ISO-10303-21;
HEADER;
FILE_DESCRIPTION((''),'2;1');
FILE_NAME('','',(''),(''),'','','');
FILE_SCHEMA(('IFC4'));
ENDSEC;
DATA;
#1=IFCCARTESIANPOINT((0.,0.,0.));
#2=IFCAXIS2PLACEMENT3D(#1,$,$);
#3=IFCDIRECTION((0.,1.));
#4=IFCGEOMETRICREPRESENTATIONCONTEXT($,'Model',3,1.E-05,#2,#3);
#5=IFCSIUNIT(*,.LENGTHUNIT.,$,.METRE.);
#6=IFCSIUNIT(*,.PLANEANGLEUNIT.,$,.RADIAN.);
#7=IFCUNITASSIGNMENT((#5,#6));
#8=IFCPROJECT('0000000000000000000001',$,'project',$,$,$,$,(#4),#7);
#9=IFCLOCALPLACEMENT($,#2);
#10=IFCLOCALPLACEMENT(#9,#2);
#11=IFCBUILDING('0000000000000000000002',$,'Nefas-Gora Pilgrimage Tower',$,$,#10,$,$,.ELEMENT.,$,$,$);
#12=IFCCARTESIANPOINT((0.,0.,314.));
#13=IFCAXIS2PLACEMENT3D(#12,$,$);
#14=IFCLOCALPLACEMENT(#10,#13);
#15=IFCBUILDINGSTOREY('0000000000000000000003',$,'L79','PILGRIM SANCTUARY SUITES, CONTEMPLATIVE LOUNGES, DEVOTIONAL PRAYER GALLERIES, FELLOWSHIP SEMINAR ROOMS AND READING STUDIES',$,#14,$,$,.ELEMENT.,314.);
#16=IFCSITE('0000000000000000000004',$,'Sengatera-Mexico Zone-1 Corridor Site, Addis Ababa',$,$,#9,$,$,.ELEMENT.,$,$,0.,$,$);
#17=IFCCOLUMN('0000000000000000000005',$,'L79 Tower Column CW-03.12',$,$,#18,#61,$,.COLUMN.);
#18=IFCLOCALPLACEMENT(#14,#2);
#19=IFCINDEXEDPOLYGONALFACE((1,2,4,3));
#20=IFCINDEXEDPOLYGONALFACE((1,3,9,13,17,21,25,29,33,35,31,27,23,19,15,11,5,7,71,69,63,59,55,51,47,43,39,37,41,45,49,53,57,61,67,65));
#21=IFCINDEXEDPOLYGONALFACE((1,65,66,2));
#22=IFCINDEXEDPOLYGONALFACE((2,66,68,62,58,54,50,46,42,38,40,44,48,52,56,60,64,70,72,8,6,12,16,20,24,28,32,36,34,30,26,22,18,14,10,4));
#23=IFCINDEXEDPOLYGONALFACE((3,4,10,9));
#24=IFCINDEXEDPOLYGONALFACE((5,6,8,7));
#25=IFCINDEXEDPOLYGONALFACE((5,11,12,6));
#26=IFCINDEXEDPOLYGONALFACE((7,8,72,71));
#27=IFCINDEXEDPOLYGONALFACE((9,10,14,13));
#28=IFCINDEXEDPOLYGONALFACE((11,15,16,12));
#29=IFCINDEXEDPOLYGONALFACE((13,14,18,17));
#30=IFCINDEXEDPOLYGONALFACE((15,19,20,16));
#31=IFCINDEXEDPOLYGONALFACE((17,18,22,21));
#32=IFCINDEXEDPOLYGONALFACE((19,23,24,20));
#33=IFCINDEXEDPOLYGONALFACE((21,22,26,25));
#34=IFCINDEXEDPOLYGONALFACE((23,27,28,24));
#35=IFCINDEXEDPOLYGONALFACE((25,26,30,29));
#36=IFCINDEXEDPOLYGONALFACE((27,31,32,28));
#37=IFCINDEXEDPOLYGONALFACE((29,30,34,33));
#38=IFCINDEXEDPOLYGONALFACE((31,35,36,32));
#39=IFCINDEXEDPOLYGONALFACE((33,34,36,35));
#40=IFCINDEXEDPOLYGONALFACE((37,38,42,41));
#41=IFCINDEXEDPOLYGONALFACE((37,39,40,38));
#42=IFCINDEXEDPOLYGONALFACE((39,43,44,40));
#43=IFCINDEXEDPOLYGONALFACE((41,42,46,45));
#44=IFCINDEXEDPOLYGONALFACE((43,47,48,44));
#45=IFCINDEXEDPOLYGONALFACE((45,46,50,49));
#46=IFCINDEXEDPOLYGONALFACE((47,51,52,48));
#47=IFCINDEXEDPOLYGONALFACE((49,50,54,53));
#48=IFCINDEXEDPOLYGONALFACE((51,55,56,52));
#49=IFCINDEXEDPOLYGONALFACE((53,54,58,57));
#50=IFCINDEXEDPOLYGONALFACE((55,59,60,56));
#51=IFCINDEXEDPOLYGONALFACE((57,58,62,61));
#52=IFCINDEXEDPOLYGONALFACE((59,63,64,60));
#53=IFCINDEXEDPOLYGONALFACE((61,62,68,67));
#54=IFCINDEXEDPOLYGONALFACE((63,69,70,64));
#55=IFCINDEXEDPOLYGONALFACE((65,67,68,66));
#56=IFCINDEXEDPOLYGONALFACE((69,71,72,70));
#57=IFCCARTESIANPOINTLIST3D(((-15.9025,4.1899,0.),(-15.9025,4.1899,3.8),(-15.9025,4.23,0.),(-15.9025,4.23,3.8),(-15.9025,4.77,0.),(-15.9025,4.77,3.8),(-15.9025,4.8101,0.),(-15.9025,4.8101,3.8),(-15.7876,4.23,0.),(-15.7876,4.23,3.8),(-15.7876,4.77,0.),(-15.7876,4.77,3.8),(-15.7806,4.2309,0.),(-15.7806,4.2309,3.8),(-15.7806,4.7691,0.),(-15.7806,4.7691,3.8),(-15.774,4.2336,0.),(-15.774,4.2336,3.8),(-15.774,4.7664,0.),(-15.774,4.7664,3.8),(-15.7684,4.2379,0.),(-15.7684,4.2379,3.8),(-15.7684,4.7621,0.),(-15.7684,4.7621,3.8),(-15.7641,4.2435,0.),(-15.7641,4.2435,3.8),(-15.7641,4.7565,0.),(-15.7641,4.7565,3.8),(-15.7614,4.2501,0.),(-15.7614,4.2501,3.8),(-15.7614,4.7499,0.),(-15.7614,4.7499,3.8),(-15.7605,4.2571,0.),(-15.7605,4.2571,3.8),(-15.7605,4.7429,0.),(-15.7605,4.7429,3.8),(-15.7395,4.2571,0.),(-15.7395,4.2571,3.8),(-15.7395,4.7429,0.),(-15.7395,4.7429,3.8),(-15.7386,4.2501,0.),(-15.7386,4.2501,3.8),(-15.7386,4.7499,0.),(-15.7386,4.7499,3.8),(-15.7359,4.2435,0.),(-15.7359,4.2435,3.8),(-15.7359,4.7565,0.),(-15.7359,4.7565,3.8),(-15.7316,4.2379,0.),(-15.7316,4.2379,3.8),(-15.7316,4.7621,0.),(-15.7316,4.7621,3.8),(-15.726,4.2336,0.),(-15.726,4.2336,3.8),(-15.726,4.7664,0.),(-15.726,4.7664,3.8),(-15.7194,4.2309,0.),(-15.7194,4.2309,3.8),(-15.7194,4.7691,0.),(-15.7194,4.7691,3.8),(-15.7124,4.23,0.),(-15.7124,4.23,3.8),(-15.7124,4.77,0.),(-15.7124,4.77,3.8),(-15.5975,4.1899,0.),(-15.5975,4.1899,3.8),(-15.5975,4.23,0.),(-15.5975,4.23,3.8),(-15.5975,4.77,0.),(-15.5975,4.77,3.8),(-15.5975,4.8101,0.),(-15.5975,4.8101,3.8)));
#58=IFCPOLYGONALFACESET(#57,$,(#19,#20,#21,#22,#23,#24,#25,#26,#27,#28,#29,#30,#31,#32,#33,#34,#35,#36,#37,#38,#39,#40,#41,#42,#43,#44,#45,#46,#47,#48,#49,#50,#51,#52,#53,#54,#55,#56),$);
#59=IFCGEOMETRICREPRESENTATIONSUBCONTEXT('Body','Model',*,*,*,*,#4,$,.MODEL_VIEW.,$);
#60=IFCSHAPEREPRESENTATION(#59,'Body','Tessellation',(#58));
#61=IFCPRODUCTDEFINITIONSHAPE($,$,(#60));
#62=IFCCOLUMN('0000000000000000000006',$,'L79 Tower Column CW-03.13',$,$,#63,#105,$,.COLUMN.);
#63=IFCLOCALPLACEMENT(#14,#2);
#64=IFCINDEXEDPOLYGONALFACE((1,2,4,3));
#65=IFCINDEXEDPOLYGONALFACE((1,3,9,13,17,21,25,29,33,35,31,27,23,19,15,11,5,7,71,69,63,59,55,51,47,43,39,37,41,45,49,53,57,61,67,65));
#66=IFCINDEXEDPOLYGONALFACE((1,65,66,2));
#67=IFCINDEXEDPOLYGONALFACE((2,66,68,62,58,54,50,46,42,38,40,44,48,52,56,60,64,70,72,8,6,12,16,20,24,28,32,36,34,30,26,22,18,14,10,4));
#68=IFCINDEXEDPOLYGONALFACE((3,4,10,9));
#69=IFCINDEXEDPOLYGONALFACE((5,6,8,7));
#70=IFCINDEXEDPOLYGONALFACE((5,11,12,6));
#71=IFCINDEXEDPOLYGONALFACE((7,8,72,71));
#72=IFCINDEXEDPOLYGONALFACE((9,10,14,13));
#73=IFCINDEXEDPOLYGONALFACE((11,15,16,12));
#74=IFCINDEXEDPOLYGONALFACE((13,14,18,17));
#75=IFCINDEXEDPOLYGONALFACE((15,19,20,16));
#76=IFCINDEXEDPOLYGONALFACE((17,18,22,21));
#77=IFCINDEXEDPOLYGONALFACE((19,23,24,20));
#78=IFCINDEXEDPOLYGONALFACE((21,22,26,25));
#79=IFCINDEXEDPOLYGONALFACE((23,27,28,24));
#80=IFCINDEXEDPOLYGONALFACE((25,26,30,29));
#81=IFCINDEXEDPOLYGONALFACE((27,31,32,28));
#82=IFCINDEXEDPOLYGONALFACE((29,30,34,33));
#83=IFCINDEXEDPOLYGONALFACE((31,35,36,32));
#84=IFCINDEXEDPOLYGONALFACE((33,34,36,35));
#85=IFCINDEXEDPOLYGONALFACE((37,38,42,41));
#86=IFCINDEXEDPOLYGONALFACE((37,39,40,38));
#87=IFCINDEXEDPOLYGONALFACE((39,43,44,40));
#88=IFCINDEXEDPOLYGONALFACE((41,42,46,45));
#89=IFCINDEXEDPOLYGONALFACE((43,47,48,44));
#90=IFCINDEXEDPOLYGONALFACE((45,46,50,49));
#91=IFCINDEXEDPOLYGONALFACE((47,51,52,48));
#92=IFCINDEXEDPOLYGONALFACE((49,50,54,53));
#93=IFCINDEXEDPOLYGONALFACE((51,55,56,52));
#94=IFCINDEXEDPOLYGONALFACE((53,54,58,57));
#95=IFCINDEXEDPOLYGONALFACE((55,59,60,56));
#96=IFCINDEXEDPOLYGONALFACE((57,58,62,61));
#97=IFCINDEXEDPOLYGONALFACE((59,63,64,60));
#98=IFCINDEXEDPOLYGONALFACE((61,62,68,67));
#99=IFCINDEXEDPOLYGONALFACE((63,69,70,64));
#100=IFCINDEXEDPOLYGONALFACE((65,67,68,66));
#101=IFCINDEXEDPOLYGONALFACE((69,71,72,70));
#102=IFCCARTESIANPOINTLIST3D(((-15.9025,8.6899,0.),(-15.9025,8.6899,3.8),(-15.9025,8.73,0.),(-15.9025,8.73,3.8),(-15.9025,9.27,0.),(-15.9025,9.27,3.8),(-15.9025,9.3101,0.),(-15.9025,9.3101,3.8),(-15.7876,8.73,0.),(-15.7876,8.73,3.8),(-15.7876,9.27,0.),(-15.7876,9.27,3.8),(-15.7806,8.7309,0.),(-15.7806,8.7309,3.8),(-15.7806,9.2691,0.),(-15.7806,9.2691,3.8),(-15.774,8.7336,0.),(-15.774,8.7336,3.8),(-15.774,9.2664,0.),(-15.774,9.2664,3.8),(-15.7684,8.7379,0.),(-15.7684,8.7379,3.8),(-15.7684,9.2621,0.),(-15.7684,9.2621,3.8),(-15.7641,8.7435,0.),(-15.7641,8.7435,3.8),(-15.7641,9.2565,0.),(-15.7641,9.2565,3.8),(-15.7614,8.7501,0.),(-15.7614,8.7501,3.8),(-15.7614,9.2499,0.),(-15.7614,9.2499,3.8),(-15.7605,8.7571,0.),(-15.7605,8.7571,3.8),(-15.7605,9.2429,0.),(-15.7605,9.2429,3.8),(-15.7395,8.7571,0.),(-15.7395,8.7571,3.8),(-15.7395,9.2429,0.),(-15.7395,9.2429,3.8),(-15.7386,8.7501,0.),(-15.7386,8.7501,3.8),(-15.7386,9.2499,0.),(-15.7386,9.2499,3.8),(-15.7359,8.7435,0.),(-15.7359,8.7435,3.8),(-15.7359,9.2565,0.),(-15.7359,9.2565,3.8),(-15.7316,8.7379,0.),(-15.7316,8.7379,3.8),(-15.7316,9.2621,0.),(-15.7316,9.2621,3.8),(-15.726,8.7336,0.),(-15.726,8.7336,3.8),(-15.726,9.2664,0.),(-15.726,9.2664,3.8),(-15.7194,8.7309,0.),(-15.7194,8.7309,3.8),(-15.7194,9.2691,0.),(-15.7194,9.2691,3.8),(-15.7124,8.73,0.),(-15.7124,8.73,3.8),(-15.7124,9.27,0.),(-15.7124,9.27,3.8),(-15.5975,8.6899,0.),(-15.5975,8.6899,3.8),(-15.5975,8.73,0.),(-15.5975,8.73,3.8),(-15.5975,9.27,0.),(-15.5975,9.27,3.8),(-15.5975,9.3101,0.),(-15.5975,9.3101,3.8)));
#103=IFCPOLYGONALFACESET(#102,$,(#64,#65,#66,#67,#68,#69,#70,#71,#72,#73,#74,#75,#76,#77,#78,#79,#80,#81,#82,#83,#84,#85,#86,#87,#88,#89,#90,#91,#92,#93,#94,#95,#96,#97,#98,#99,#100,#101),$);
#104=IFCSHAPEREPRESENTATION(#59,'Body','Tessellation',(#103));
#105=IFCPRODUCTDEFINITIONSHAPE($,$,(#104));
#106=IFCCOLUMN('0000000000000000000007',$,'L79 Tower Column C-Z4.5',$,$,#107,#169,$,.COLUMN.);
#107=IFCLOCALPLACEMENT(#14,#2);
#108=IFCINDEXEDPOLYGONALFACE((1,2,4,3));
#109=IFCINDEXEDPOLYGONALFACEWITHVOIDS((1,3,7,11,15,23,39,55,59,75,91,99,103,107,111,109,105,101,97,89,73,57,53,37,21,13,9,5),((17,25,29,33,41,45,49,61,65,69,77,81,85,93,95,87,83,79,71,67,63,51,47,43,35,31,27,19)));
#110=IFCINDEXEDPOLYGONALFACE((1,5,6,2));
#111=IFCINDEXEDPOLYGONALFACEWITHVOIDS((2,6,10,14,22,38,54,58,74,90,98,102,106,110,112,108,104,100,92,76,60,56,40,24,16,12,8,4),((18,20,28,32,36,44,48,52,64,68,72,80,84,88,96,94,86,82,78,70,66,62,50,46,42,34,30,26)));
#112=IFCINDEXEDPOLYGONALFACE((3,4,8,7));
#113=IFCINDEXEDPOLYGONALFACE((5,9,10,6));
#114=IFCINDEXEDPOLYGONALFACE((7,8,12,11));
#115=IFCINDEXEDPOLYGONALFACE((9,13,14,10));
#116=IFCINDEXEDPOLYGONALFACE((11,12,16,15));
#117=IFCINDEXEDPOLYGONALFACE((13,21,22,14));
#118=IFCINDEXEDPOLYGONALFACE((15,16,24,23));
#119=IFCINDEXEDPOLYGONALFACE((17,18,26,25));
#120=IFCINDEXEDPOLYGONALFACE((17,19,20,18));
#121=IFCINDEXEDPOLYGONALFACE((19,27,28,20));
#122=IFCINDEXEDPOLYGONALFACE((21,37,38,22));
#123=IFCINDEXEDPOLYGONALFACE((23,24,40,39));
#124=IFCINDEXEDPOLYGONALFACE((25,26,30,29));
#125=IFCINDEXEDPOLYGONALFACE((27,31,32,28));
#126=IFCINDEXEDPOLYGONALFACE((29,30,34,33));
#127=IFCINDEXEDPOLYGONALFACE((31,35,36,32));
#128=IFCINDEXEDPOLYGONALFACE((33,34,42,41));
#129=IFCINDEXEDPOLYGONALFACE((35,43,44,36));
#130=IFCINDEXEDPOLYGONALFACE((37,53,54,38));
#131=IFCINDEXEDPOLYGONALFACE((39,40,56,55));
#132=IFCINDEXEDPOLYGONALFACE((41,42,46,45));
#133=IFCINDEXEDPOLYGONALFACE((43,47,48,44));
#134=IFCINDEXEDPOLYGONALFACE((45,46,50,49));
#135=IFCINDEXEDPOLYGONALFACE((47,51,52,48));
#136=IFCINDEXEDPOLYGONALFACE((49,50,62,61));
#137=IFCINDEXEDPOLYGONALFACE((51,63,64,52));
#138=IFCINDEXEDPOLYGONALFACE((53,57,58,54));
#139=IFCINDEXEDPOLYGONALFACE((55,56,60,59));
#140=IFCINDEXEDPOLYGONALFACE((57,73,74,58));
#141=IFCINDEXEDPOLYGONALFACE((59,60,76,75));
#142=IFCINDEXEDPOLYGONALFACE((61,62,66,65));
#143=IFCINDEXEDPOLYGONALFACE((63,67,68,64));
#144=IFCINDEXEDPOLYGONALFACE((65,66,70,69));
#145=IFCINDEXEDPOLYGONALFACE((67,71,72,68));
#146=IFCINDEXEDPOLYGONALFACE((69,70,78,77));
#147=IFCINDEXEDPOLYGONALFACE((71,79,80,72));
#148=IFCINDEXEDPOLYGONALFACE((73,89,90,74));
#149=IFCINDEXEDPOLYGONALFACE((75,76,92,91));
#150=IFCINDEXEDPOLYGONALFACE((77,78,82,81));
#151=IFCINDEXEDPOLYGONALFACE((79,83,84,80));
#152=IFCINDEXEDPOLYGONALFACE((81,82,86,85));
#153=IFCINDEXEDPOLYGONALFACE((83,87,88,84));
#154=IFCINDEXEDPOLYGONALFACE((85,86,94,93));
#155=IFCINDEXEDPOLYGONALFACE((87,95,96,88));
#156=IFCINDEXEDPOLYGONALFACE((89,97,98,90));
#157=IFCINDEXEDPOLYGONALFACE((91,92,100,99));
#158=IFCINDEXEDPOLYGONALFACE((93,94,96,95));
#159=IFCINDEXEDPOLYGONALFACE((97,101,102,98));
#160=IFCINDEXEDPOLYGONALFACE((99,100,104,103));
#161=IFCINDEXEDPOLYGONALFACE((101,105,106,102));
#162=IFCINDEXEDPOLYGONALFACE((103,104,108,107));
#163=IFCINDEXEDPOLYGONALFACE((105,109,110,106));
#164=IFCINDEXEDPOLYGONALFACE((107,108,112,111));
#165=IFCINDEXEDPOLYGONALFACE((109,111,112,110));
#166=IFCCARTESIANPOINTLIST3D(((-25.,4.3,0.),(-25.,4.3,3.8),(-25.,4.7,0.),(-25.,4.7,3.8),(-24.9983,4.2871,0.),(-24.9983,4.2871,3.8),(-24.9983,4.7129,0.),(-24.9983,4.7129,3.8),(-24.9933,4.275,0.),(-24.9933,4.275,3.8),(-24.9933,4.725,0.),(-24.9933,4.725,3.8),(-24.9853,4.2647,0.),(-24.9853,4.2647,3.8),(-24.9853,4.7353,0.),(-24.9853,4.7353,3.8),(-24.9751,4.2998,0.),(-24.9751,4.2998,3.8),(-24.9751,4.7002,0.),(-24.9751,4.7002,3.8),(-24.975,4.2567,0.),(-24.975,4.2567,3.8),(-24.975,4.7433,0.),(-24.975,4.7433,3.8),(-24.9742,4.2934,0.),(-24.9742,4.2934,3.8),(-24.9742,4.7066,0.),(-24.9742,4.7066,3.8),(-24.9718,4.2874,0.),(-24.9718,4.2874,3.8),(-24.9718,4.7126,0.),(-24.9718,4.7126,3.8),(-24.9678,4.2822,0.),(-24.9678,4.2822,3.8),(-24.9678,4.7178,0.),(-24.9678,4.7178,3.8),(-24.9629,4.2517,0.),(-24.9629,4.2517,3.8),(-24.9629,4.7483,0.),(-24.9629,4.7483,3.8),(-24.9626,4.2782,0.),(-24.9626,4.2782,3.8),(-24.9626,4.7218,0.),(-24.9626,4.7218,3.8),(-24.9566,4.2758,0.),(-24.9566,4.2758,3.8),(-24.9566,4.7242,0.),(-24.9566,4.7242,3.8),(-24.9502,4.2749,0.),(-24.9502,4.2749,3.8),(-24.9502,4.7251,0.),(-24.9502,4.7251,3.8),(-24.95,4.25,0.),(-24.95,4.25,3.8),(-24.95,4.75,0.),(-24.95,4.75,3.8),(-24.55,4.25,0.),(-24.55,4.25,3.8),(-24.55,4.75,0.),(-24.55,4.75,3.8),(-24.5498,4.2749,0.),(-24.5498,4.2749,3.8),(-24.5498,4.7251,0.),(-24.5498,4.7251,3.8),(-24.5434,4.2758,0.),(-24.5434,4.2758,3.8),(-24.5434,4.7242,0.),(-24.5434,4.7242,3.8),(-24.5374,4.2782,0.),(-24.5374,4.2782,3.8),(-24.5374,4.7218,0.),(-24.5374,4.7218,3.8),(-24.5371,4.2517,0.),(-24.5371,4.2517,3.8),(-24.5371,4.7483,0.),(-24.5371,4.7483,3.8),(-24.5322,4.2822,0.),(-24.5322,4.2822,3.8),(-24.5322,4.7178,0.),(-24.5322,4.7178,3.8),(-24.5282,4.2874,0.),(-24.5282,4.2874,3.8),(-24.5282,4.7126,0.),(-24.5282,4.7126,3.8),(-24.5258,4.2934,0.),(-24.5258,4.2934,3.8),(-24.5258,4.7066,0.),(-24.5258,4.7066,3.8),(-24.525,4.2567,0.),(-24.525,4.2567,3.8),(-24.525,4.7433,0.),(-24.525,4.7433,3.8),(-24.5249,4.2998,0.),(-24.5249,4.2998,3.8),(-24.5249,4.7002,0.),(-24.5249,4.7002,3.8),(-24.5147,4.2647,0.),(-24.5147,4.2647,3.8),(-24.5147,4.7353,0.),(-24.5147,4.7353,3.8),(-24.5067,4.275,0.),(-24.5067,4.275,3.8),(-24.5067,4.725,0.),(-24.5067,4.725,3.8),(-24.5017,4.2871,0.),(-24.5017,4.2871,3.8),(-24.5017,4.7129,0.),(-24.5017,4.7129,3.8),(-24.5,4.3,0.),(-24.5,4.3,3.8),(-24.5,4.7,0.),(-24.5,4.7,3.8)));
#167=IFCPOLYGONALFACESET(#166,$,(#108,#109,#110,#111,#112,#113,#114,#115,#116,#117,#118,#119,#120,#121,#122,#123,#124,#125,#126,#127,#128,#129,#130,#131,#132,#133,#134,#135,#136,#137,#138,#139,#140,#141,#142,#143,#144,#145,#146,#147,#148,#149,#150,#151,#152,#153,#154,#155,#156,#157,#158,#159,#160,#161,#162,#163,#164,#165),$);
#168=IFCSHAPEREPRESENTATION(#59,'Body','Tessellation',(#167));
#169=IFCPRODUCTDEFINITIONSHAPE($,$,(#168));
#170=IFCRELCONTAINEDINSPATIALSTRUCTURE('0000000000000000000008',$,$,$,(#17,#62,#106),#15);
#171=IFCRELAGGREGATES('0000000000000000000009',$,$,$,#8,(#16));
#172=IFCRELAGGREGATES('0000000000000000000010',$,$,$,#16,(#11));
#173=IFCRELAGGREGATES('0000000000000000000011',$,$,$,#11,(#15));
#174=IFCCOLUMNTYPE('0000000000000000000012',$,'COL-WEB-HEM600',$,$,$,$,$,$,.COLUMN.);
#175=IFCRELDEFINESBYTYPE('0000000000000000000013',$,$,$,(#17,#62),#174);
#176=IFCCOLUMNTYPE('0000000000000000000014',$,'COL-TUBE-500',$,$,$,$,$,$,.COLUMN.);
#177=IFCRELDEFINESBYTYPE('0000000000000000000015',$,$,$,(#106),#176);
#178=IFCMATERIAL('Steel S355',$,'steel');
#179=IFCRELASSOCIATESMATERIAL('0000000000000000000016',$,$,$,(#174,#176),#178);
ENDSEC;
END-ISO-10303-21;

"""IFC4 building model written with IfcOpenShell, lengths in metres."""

from ifc_helpers import new_model, si_unit, direction, frame, origin, origin_2d, place, context, subcontext, project, spatial, hollow_rectangle, i_section, extrude, source, transform, mapped, material, material_profile, profile_set, type_object, element, save


model = new_model("IFC4")

# Units and contexts
model_context = context("Model", 3, precision=1e-05, world=origin(), true_north=direction((0.0, 1.0)))
body_context = subcontext(model_context, "Body", "Model", "MODEL_VIEW")
ifc_project = project(units=[si_unit("LENGTHUNIT", "METRE"), si_unit("PLANEANGLEUNIT", "RADIAN")], contexts=[model_context])

# Site, building, storey
site_placement = place(None, origin())
site = spatial("IfcSite", under=ifc_project, at=site_placement, Name="Sengatera-Mexico Zone-1 Corridor Site, Addis Ababa", CompositionType="ELEMENT", RefElevation=0.0)
building_placement = place(site_placement, origin())
building = spatial("IfcBuilding", under=site, at=building_placement, Name="Nefas-Gora Pilgrimage Tower", CompositionType="ELEMENT")
storey_placement = place(building_placement, frame((0.0, 0.0, 314.0)))
storey = spatial("IfcBuildingStorey", under=building, at=storey_placement, Name="L79", Description="PILGRIM SANCTUARY SUITES, CONTEMPLATIVE LOUNGES, DEVOTIONAL PRAYER GALLERIES, FELLOWSHIP SEMINAR ROOMS AND READING STUDIES", CompositionType="ELEMENT", Elevation=314.0)

# Columns
ifc_material_1 = material(Name="Steel S355", Category="steel")
ifc_material_profile_1 = material_profile(ifc_material_1, i_section(OverallWidth=0.3049, OverallDepth=0.6201, WebThickness=0.021, FlangeThickness=0.04, FilletRadius=0.0271, at=origin_2d()), Name="HEM 600")
ifc_profile_set_1 = profile_set([ifc_material_profile_1], Name="Steel S355")
column_type_1 = type_object("IfcColumnType", Name="COL-WEB-HEM600", PredefinedType="COLUMN", material=ifc_profile_set_1)
shared_shape_1 = source(origin(), body_context, "Body", "SweptSolid", [
    extrude(i_section(OverallWidth=0.3049, OverallDepth=0.6201, WebThickness=0.021, FlangeThickness=0.04, FilletRadius=0.0271, at=origin_2d()), origin(), (0.0, 0.0, 1.0), 3.8),
])
for number, where, z_axis, x_axis, name in (
    (1, (-15.75, 4.5, 0.0), (0.0, 0.0, 1.0), (1.0, 0.0, 0.0), "L79 Tower Column CW-03.12"),
    (2, (-15.75, 9.0, 0.0), (0.0, 0.0, 1.0), (1.0, 0.0, 0.0), "L79 Tower Column CW-03.13"),
):
    element("IfcColumn", number, at=place(storey_placement, frame(where, z_axis=z_axis, x_axis=x_axis)), inside=storey, type_object=column_type_1, Name=name, PredefinedType="COLUMN", context=body_context, shape_type="MappedRepresentation", body=[
        mapped(shared_shape_1, transform((0.0, 0.0, 0.0), x_axis=(1.0, 0.0, 0.0), y_axis=(0.0, 1.0, 0.0), z_axis=(0.0, 0.0, 1.0), scale=1.0)),
    ])
ifc_material_profile_2 = material_profile(ifc_material_1, hollow_rectangle(XDim=0.5, YDim=0.5, WallThickness=0.0249, InnerFilletRadius=0.0249, OuterFilletRadius=0.05, at=origin_2d()), Name="SHS 500x500x25")
ifc_profile_set_2 = profile_set([ifc_material_profile_2], Name="Steel S355")
column_type_2 = type_object("IfcColumnType", Name="COL-TUBE-500", PredefinedType="COLUMN", material=ifc_profile_set_2)
shared_shape_2 = source(origin(), body_context, "Body", "SweptSolid", [
    extrude(hollow_rectangle(XDim=0.5, YDim=0.5, WallThickness=0.0249, InnerFilletRadius=0.0249, OuterFilletRadius=0.05, at=origin_2d()), origin(), (0.0, 0.0, 1.0), 3.8),
])
for number, where, z_axis, x_axis, name in (
    (3, (-24.75, 4.5, 0.0), (0.0, 0.0, 1.0), (1.0, 0.0, 0.0), "L79 Tower Column C-Z4.5"),
):
    element("IfcColumn", number, at=place(storey_placement, frame(where, z_axis=z_axis, x_axis=x_axis)), inside=storey, type_object=column_type_2, Name=name, PredefinedType="COLUMN", context=body_context, shape_type="MappedRepresentation", body=[
        mapped(shared_shape_2, transform((0.0, 0.0, 0.0), x_axis=(1.0, 0.0, 0.0), y_axis=(0.0, 1.0, 0.0), z_axis=(0.0, 0.0, 1.0), scale=1.0)),
    ])

save(model, "model.ifc")
